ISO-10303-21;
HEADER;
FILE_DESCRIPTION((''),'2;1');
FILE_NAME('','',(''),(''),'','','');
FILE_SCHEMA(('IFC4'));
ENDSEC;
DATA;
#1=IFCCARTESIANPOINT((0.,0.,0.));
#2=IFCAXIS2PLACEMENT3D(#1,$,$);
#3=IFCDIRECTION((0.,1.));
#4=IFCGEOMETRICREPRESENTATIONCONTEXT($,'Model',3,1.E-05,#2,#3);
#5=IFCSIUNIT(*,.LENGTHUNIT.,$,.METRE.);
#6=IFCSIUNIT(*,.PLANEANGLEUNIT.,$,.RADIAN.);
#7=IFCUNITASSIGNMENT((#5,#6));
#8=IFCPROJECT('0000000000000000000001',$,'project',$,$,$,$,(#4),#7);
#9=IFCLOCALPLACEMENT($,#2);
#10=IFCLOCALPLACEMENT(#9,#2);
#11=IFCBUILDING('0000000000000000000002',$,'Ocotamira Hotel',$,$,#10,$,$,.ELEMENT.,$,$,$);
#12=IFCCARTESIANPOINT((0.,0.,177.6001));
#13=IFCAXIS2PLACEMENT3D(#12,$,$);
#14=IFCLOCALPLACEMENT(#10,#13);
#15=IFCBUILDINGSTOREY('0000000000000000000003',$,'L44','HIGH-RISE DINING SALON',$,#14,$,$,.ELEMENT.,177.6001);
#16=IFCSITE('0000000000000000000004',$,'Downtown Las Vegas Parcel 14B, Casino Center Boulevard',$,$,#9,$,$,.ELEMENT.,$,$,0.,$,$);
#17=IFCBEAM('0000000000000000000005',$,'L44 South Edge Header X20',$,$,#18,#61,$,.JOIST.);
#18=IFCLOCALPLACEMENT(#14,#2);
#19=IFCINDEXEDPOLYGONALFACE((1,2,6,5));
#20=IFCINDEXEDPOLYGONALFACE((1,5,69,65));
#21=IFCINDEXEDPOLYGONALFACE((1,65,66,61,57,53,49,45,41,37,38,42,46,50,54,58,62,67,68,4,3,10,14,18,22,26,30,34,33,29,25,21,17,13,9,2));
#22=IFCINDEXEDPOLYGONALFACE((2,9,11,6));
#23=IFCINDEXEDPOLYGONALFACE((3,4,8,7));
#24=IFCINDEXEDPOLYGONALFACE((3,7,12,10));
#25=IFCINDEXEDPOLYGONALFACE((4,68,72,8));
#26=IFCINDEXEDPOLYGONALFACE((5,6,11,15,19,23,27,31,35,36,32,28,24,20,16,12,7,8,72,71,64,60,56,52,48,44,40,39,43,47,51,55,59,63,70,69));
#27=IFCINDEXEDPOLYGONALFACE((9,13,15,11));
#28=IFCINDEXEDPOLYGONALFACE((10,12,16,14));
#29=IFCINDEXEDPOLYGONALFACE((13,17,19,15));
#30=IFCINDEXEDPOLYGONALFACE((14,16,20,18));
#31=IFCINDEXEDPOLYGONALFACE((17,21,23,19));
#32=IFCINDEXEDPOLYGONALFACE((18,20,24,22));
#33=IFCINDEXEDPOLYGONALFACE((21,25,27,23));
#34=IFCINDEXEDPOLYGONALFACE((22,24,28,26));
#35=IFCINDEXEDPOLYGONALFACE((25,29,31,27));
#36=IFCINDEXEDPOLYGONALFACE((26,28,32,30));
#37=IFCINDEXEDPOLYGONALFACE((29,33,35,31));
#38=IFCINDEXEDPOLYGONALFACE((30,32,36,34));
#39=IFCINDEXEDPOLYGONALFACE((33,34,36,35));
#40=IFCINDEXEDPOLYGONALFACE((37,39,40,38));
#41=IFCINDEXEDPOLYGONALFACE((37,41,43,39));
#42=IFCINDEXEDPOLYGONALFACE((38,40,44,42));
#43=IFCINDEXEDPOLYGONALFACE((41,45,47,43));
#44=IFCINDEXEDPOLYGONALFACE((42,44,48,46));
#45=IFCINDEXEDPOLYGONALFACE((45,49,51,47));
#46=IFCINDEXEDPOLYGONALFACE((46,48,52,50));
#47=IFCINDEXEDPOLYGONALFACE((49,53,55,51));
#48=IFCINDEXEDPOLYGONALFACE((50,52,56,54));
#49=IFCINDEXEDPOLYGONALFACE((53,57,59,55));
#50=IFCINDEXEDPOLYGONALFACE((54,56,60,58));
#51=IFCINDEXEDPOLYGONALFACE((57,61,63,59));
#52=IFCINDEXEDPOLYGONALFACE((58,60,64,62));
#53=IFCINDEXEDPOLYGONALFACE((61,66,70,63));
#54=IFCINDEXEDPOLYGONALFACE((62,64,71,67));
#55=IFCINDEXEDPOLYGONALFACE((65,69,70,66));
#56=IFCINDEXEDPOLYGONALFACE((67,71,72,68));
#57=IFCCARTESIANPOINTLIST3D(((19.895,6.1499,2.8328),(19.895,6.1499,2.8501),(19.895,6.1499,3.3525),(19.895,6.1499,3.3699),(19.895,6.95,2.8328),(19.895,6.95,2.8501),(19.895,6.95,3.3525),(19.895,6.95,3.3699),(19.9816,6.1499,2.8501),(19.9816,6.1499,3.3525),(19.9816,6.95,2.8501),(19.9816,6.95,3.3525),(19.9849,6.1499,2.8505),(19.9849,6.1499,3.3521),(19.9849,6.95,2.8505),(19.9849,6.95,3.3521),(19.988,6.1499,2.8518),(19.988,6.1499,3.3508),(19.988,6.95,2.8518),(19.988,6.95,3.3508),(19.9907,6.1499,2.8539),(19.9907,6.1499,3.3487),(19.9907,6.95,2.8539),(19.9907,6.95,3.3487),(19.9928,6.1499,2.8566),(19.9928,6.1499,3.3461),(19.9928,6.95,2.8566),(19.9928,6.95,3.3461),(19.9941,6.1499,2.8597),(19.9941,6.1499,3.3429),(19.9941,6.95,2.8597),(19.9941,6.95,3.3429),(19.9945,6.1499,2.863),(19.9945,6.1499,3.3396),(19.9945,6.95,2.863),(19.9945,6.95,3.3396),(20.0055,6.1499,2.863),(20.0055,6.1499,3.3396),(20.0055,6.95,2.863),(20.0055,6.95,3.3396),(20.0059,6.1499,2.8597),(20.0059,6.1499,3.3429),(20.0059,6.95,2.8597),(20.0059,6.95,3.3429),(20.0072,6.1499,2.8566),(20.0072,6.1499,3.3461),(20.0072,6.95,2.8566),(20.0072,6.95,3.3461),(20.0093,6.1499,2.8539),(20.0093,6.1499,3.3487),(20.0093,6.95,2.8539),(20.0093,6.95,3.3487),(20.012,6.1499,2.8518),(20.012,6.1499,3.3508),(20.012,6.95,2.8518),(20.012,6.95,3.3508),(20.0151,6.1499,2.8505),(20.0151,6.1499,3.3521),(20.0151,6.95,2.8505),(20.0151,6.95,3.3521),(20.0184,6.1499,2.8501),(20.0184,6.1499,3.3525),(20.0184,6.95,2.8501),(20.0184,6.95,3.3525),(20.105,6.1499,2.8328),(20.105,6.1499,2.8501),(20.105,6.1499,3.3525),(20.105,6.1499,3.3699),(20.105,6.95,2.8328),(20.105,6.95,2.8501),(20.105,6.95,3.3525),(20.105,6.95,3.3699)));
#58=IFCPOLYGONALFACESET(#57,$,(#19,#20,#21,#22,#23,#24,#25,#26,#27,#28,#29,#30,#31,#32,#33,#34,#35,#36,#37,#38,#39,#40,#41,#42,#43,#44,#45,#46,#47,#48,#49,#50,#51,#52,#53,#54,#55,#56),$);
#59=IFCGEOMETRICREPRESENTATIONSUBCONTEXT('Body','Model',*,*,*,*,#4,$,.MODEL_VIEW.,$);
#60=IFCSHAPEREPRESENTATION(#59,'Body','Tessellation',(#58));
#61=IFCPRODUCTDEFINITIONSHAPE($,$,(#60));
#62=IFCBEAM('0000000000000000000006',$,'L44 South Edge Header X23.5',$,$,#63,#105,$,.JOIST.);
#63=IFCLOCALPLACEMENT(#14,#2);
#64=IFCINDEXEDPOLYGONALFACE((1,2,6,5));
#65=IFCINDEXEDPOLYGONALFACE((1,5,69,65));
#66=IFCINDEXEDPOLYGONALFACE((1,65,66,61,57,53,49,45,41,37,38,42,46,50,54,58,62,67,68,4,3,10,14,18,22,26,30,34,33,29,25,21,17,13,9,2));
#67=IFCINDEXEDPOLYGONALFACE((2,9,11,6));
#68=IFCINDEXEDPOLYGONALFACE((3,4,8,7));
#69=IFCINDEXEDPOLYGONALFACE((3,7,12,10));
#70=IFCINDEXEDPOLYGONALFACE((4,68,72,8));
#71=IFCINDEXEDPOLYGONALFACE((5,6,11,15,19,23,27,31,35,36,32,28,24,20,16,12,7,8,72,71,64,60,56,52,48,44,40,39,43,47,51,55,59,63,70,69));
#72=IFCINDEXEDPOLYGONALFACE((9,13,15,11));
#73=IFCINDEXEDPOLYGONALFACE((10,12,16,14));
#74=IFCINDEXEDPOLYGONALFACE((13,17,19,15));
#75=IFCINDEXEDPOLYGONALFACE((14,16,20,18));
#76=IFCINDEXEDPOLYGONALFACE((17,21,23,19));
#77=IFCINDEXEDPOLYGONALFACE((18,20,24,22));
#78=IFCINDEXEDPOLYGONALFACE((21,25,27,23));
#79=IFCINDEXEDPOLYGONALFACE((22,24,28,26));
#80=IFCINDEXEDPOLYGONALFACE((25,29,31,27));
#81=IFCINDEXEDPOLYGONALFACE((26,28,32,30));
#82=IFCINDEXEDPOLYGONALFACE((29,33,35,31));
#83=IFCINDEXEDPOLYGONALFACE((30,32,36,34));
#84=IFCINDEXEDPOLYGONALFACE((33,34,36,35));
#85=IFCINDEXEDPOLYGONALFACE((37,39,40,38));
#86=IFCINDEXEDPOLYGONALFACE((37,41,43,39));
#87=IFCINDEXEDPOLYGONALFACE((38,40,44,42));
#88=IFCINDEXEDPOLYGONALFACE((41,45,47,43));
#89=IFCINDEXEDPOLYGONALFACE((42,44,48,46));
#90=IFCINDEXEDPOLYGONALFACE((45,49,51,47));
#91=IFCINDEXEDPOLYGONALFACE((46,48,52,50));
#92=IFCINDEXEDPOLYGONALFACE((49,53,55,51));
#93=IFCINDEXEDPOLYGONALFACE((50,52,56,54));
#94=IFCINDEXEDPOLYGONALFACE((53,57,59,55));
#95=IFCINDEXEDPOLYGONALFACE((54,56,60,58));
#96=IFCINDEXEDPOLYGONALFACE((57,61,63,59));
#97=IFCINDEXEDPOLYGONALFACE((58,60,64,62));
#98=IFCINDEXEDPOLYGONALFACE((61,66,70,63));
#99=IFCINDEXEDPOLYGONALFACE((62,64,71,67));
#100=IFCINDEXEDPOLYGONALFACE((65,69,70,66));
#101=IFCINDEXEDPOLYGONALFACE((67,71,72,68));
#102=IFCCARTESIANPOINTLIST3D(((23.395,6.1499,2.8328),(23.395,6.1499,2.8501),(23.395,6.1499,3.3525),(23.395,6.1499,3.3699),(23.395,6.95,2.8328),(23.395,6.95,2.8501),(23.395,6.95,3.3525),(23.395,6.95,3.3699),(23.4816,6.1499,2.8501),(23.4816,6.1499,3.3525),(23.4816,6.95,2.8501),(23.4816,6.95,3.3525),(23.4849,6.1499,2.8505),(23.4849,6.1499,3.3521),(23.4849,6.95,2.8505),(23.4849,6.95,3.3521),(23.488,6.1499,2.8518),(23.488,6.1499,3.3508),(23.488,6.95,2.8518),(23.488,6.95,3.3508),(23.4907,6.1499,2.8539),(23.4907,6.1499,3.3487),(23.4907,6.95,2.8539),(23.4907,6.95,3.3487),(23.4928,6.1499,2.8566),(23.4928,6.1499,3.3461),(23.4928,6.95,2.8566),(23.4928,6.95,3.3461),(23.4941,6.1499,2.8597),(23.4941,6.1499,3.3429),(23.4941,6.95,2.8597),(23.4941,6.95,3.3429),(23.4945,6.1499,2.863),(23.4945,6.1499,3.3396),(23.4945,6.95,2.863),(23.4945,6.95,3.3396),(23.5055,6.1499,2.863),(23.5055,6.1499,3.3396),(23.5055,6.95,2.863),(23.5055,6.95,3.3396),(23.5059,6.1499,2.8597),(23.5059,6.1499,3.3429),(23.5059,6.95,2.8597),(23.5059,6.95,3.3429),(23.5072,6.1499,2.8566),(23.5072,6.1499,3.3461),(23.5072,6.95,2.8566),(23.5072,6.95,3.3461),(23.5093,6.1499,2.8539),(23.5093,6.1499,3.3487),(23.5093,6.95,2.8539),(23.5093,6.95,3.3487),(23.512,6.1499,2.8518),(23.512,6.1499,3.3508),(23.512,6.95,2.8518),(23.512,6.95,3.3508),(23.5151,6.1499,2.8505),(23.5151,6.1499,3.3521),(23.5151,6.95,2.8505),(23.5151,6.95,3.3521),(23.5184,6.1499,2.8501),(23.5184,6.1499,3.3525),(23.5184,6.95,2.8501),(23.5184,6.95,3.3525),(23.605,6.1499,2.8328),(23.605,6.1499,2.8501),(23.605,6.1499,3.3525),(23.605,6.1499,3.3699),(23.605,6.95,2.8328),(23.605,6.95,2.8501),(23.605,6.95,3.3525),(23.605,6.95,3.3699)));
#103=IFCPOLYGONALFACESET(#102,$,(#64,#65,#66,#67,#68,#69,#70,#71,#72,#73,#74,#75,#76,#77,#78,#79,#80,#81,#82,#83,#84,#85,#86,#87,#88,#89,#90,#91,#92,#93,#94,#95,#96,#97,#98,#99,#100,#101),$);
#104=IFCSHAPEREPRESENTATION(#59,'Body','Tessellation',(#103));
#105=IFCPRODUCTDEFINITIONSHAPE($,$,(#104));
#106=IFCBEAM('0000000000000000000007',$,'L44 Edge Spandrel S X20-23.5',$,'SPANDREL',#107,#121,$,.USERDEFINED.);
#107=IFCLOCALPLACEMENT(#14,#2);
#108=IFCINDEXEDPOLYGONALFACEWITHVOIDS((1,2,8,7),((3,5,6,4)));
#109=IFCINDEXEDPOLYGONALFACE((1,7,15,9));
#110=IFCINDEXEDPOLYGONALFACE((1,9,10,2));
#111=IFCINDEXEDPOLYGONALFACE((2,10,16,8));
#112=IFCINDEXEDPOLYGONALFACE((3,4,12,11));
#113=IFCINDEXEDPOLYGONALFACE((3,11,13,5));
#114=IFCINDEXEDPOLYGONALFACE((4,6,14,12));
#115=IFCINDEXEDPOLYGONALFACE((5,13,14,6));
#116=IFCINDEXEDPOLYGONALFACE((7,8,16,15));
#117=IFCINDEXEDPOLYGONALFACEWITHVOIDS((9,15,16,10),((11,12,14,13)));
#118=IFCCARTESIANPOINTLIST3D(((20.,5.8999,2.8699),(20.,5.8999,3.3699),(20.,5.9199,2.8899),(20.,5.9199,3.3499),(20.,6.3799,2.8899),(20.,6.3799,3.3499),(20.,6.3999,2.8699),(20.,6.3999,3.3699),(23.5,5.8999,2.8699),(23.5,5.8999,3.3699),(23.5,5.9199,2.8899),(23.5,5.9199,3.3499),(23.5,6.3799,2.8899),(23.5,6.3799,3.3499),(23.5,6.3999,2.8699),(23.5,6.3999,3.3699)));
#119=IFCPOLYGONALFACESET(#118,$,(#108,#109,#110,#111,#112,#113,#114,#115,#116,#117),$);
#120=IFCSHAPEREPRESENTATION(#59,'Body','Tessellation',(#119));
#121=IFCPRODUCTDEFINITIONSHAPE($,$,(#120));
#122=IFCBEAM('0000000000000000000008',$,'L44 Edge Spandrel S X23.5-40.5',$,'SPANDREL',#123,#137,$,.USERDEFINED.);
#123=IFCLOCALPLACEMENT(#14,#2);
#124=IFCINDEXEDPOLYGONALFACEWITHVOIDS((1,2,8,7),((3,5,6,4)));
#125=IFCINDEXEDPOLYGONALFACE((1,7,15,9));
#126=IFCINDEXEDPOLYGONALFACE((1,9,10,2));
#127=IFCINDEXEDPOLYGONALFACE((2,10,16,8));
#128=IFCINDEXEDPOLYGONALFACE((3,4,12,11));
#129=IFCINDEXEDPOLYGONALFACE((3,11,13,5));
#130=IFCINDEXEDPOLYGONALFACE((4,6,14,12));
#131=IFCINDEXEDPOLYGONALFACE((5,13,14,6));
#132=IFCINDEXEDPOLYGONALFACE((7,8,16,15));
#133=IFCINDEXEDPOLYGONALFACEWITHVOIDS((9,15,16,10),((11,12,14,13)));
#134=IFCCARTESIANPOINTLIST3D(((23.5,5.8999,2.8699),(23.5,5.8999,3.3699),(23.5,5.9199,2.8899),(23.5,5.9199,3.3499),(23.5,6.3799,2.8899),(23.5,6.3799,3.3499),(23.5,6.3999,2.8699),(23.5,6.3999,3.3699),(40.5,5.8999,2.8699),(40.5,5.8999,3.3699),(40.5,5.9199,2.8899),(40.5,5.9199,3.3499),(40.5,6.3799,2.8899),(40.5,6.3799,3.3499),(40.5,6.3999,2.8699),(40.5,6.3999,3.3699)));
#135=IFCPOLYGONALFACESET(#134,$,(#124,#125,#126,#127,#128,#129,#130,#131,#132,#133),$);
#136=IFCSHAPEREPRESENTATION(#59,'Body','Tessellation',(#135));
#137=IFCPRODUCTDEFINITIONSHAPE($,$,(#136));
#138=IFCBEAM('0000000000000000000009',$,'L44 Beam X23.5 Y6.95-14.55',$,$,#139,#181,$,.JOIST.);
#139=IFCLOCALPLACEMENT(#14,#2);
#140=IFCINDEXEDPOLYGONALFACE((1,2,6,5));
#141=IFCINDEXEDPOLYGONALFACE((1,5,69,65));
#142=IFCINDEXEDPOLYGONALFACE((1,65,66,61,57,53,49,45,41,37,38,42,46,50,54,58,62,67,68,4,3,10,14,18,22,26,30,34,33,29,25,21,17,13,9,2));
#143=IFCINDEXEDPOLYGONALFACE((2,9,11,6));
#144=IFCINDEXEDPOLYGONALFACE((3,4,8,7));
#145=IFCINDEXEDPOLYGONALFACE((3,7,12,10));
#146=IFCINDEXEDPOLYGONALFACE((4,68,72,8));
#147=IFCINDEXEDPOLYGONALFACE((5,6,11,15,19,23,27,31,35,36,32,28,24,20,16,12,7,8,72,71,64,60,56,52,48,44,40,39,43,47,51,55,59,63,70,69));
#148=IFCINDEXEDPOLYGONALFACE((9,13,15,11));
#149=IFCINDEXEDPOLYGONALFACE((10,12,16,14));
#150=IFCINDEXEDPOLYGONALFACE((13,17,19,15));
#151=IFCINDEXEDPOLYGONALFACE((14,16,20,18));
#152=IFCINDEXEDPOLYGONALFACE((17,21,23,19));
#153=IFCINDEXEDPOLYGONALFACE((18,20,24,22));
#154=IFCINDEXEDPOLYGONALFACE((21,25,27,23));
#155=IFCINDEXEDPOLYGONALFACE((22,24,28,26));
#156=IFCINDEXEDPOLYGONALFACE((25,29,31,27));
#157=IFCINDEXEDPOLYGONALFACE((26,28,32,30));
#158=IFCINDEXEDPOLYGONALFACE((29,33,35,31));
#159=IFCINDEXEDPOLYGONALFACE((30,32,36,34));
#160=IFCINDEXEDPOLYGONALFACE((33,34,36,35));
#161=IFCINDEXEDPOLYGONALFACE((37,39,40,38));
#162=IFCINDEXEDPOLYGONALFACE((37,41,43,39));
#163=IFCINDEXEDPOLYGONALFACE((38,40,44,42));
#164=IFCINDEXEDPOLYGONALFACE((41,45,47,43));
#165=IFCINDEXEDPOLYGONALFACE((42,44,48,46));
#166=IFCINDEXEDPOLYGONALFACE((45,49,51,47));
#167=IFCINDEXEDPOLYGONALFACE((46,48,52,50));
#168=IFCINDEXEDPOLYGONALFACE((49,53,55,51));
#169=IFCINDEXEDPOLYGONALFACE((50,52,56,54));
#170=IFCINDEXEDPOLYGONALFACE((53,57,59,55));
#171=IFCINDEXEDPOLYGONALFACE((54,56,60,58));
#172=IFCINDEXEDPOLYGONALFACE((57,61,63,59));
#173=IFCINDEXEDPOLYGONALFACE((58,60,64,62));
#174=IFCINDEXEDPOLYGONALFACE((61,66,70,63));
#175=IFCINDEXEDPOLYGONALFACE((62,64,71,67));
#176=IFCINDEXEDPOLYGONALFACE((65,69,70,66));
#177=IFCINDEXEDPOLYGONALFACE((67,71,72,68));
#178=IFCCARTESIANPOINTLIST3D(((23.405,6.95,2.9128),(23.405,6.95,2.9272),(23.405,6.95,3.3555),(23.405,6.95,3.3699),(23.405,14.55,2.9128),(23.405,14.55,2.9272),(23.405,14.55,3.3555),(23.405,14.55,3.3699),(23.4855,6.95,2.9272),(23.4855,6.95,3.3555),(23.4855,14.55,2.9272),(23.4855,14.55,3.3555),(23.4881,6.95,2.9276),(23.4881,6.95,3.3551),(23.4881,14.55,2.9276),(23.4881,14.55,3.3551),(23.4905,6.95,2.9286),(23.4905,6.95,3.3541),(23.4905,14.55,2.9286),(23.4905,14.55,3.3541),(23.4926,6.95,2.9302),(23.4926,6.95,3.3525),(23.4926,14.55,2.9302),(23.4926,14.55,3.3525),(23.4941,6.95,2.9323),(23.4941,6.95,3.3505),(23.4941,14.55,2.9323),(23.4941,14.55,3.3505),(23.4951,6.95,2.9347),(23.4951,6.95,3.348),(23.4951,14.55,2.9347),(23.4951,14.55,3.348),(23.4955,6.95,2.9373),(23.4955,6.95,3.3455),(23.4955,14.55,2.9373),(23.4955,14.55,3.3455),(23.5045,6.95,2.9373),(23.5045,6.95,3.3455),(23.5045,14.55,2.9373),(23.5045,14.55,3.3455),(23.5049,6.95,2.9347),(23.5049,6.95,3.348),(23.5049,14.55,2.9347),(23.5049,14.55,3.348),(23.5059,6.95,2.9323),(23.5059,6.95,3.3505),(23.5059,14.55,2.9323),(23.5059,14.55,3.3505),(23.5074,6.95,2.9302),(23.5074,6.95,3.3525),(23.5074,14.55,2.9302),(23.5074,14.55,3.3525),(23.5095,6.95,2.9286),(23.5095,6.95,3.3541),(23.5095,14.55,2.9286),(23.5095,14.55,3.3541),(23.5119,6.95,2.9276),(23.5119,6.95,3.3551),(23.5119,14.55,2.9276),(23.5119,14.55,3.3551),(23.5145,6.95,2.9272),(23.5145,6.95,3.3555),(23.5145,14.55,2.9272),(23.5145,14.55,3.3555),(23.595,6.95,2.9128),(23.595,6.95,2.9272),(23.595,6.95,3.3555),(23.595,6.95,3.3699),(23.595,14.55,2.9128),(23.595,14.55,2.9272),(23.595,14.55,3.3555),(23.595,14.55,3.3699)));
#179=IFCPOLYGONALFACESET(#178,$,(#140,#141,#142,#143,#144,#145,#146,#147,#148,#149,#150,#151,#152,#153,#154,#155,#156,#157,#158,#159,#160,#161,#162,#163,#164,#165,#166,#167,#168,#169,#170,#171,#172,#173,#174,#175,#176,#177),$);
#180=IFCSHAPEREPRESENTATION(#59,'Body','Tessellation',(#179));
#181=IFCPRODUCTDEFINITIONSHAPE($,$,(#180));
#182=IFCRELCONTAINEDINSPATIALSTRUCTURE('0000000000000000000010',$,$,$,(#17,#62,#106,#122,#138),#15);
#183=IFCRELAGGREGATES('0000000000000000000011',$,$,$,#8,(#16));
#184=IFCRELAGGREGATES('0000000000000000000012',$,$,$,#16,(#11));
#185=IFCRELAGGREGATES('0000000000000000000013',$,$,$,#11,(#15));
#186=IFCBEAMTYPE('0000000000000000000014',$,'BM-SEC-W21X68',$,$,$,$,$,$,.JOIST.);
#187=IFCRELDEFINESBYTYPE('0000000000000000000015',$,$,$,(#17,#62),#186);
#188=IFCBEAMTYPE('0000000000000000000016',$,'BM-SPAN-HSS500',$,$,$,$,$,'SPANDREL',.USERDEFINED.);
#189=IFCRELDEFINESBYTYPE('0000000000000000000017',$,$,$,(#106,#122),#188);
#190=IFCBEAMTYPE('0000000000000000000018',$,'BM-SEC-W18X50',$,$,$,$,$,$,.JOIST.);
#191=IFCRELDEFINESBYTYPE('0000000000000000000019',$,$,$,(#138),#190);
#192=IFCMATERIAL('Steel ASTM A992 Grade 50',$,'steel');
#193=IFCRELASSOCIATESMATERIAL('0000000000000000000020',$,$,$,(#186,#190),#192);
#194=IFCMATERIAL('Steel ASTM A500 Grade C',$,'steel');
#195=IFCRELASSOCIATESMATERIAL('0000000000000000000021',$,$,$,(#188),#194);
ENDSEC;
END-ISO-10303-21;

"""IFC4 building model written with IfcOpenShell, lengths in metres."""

from ifc_helpers import new_model, si_unit, direction, frame, origin, origin_2d, place, context, subcontext, project, spatial, hollow_rectangle, i_section, extrude, source, transform, mapped, material, material_profile, profile_set, type_object, element, save


model = new_model("IFC4")

# Units and contexts
model_context = context("Model", 3, precision=1e-05, world=origin(), true_north=direction((0.0, 1.0)))
body_context = subcontext(model_context, "Body", "Model", "MODEL_VIEW")
ifc_project = project(units=[si_unit("LENGTHUNIT", "METRE"), si_unit("PLANEANGLEUNIT", "RADIAN")], contexts=[model_context])

# Site, building, storey
site_placement = place(None, origin())
site = spatial("IfcSite", under=ifc_project, at=site_placement, Name="Downtown Las Vegas Parcel 14B, Casino Center Boulevard", CompositionType="ELEMENT", RefElevation=0.0)
building_placement = place(site_placement, origin())
building = spatial("IfcBuilding", under=site, at=building_placement, Name="Ocotamira Hotel", CompositionType="ELEMENT")
storey_placement = place(building_placement, frame((0.0, 0.0, 177.6001)))
storey = spatial("IfcBuildingStorey", under=building, at=storey_placement, Name="L44", Description="HIGH-RISE DINING SALON", CompositionType="ELEMENT", Elevation=177.6001)

# Beams
ifc_material_1 = material(Name="Steel ASTM A992 Grade 50", Category="steel")
ifc_material_profile_1 = material_profile(ifc_material_1, i_section(OverallWidth=0.21, OverallDepth=0.5371, WebThickness=0.011, FlangeThickness=0.0173, FilletRadius=0.0129, at=origin_2d()), Name="W21X68")
ifc_profile_set_1 = profile_set([ifc_material_profile_1], Name="Steel ASTM A992 Grade 50")
beam_type_1 = type_object("IfcBeamType", Name="BM-SEC-W21X68", PredefinedType="JOIST", material=ifc_profile_set_1)
shared_shape_1 = source(origin(), body_context, "Body", "SweptSolid", [
    extrude(i_section(OverallWidth=0.21, OverallDepth=0.5371, WebThickness=0.011, FlangeThickness=0.0173, FilletRadius=0.0129, at=origin_2d()), origin(), (0.0, 0.0, 1.0), 0.8),
])
for number, where, z_axis, x_axis, name in (
    (1, (20.0, 6.95, 3.1013), (0.0, -1.0, 0.0), (1.0, 0.0, 0.0), "L44 South Edge Header X20"),
    (2, (23.5, 6.95, 3.1013), (0.0, -1.0, 0.0), (1.0, 0.0, 0.0), "L44 South Edge Header X23.5"),
):
    element("IfcBeam", number, at=place(storey_placement, frame(where, z_axis=z_axis, x_axis=x_axis)), inside=storey, type_object=beam_type_1, Name=name, PredefinedType="JOIST", context=body_context, shape_type="MappedRepresentation", body=[
        mapped(shared_shape_1, transform((0.0, 0.0, 0.0), scale=1.0)),
    ])
ifc_material_2 = material(Name="Steel ASTM A500 Grade C", Category="steel")
ifc_material_profile_2 = material_profile(ifc_material_2, hollow_rectangle(XDim=0.5, YDim=0.5, WallThickness=0.02, at=origin_2d()), Name="HSS500X500X20")
ifc_profile_set_2 = profile_set([ifc_material_profile_2], Name="Steel ASTM A500 Grade C")
beam_type_2 = type_object("IfcBeamType", Name="BM-SPAN-HSS500", ElementType="SPANDREL", PredefinedType="USERDEFINED", material=ifc_profile_set_2)
shared_shape_2 = source(origin(), body_context, "Body", "SweptSolid", [
    extrude(hollow_rectangle(XDim=0.5, YDim=0.5, WallThickness=0.02, at=origin_2d()), origin(), (0.0, 0.0, 1.0), 3.5),
])
beam_1_placement = place(storey_placement, frame((20.0, 6.1499, 3.1199), z_axis=(1.0, 0.0, 0.0), x_axis=(0.0, 1.0, 0.0)))
element("IfcBeam", 3, at=beam_1_placement, inside=storey, type_object=beam_type_2, Name="L44 Edge Spandrel S X20-23.5", ObjectType="SPANDREL", PredefinedType="USERDEFINED", context=body_context, shape_type="MappedRepresentation", body=[
    mapped(shared_shape_2, transform((0.0, 0.0, 0.0), scale=1.0)),
])
shared_shape_3 = source(origin(), body_context, "Body", "SweptSolid", [
    extrude(hollow_rectangle(XDim=0.5, YDim=0.5, WallThickness=0.02, at=origin_2d()), origin(), (0.0, 0.0, 1.0), 17.0),
])
beam_2_placement = place(storey_placement, frame((23.5, 6.1499, 3.1199), z_axis=(1.0, 0.0, 0.0), x_axis=(0.0, 1.0, 0.0)))
element("IfcBeam", 4, at=beam_2_placement, inside=storey, type_object=beam_type_2, Name="L44 Edge Spandrel S X23.5-40.5", ObjectType="SPANDREL", PredefinedType="USERDEFINED", context=body_context, shape_type="MappedRepresentation", body=[
    mapped(shared_shape_3, transform((0.0, 0.0, 0.0), scale=1.0)),
])
ifc_material_profile_3 = material_profile(ifc_material_1, i_section(OverallWidth=0.1899, OverallDepth=0.457, WebThickness=0.009, FlangeThickness=0.0144, FilletRadius=0.01, at=origin_2d()), Name="W18X50")
ifc_profile_set_3 = profile_set([ifc_material_profile_3], Name="Steel ASTM A992 Grade 50")
beam_type_3 = type_object("IfcBeamType", Name="BM-SEC-W18X50", PredefinedType="JOIST", material=ifc_profile_set_3)
shared_shape_4 = source(origin(), body_context, "Body", "SweptSolid", [
    extrude(i_section(OverallWidth=0.1899, OverallDepth=0.457, WebThickness=0.009, FlangeThickness=0.0144, FilletRadius=0.01, at=origin_2d()), origin(), (0.0, 0.0, 1.0), 7.6001),
])
beam_3_placement = place(storey_placement, frame((23.5, 6.95, 3.1414), z_axis=(0.0, 1.0, 0.0), x_axis=(-1.0, 0.0, 0.0)))
element("IfcBeam", 5, at=beam_3_placement, inside=storey, type_object=beam_type_3, Name="L44 Beam X23.5 Y6.95-14.55", PredefinedType="JOIST", context=body_context, shape_type="MappedRepresentation", body=[
    mapped(shared_shape_4, transform((0.0, 0.0, 0.0), scale=1.0)),
])

save(model, "model.ifc")
